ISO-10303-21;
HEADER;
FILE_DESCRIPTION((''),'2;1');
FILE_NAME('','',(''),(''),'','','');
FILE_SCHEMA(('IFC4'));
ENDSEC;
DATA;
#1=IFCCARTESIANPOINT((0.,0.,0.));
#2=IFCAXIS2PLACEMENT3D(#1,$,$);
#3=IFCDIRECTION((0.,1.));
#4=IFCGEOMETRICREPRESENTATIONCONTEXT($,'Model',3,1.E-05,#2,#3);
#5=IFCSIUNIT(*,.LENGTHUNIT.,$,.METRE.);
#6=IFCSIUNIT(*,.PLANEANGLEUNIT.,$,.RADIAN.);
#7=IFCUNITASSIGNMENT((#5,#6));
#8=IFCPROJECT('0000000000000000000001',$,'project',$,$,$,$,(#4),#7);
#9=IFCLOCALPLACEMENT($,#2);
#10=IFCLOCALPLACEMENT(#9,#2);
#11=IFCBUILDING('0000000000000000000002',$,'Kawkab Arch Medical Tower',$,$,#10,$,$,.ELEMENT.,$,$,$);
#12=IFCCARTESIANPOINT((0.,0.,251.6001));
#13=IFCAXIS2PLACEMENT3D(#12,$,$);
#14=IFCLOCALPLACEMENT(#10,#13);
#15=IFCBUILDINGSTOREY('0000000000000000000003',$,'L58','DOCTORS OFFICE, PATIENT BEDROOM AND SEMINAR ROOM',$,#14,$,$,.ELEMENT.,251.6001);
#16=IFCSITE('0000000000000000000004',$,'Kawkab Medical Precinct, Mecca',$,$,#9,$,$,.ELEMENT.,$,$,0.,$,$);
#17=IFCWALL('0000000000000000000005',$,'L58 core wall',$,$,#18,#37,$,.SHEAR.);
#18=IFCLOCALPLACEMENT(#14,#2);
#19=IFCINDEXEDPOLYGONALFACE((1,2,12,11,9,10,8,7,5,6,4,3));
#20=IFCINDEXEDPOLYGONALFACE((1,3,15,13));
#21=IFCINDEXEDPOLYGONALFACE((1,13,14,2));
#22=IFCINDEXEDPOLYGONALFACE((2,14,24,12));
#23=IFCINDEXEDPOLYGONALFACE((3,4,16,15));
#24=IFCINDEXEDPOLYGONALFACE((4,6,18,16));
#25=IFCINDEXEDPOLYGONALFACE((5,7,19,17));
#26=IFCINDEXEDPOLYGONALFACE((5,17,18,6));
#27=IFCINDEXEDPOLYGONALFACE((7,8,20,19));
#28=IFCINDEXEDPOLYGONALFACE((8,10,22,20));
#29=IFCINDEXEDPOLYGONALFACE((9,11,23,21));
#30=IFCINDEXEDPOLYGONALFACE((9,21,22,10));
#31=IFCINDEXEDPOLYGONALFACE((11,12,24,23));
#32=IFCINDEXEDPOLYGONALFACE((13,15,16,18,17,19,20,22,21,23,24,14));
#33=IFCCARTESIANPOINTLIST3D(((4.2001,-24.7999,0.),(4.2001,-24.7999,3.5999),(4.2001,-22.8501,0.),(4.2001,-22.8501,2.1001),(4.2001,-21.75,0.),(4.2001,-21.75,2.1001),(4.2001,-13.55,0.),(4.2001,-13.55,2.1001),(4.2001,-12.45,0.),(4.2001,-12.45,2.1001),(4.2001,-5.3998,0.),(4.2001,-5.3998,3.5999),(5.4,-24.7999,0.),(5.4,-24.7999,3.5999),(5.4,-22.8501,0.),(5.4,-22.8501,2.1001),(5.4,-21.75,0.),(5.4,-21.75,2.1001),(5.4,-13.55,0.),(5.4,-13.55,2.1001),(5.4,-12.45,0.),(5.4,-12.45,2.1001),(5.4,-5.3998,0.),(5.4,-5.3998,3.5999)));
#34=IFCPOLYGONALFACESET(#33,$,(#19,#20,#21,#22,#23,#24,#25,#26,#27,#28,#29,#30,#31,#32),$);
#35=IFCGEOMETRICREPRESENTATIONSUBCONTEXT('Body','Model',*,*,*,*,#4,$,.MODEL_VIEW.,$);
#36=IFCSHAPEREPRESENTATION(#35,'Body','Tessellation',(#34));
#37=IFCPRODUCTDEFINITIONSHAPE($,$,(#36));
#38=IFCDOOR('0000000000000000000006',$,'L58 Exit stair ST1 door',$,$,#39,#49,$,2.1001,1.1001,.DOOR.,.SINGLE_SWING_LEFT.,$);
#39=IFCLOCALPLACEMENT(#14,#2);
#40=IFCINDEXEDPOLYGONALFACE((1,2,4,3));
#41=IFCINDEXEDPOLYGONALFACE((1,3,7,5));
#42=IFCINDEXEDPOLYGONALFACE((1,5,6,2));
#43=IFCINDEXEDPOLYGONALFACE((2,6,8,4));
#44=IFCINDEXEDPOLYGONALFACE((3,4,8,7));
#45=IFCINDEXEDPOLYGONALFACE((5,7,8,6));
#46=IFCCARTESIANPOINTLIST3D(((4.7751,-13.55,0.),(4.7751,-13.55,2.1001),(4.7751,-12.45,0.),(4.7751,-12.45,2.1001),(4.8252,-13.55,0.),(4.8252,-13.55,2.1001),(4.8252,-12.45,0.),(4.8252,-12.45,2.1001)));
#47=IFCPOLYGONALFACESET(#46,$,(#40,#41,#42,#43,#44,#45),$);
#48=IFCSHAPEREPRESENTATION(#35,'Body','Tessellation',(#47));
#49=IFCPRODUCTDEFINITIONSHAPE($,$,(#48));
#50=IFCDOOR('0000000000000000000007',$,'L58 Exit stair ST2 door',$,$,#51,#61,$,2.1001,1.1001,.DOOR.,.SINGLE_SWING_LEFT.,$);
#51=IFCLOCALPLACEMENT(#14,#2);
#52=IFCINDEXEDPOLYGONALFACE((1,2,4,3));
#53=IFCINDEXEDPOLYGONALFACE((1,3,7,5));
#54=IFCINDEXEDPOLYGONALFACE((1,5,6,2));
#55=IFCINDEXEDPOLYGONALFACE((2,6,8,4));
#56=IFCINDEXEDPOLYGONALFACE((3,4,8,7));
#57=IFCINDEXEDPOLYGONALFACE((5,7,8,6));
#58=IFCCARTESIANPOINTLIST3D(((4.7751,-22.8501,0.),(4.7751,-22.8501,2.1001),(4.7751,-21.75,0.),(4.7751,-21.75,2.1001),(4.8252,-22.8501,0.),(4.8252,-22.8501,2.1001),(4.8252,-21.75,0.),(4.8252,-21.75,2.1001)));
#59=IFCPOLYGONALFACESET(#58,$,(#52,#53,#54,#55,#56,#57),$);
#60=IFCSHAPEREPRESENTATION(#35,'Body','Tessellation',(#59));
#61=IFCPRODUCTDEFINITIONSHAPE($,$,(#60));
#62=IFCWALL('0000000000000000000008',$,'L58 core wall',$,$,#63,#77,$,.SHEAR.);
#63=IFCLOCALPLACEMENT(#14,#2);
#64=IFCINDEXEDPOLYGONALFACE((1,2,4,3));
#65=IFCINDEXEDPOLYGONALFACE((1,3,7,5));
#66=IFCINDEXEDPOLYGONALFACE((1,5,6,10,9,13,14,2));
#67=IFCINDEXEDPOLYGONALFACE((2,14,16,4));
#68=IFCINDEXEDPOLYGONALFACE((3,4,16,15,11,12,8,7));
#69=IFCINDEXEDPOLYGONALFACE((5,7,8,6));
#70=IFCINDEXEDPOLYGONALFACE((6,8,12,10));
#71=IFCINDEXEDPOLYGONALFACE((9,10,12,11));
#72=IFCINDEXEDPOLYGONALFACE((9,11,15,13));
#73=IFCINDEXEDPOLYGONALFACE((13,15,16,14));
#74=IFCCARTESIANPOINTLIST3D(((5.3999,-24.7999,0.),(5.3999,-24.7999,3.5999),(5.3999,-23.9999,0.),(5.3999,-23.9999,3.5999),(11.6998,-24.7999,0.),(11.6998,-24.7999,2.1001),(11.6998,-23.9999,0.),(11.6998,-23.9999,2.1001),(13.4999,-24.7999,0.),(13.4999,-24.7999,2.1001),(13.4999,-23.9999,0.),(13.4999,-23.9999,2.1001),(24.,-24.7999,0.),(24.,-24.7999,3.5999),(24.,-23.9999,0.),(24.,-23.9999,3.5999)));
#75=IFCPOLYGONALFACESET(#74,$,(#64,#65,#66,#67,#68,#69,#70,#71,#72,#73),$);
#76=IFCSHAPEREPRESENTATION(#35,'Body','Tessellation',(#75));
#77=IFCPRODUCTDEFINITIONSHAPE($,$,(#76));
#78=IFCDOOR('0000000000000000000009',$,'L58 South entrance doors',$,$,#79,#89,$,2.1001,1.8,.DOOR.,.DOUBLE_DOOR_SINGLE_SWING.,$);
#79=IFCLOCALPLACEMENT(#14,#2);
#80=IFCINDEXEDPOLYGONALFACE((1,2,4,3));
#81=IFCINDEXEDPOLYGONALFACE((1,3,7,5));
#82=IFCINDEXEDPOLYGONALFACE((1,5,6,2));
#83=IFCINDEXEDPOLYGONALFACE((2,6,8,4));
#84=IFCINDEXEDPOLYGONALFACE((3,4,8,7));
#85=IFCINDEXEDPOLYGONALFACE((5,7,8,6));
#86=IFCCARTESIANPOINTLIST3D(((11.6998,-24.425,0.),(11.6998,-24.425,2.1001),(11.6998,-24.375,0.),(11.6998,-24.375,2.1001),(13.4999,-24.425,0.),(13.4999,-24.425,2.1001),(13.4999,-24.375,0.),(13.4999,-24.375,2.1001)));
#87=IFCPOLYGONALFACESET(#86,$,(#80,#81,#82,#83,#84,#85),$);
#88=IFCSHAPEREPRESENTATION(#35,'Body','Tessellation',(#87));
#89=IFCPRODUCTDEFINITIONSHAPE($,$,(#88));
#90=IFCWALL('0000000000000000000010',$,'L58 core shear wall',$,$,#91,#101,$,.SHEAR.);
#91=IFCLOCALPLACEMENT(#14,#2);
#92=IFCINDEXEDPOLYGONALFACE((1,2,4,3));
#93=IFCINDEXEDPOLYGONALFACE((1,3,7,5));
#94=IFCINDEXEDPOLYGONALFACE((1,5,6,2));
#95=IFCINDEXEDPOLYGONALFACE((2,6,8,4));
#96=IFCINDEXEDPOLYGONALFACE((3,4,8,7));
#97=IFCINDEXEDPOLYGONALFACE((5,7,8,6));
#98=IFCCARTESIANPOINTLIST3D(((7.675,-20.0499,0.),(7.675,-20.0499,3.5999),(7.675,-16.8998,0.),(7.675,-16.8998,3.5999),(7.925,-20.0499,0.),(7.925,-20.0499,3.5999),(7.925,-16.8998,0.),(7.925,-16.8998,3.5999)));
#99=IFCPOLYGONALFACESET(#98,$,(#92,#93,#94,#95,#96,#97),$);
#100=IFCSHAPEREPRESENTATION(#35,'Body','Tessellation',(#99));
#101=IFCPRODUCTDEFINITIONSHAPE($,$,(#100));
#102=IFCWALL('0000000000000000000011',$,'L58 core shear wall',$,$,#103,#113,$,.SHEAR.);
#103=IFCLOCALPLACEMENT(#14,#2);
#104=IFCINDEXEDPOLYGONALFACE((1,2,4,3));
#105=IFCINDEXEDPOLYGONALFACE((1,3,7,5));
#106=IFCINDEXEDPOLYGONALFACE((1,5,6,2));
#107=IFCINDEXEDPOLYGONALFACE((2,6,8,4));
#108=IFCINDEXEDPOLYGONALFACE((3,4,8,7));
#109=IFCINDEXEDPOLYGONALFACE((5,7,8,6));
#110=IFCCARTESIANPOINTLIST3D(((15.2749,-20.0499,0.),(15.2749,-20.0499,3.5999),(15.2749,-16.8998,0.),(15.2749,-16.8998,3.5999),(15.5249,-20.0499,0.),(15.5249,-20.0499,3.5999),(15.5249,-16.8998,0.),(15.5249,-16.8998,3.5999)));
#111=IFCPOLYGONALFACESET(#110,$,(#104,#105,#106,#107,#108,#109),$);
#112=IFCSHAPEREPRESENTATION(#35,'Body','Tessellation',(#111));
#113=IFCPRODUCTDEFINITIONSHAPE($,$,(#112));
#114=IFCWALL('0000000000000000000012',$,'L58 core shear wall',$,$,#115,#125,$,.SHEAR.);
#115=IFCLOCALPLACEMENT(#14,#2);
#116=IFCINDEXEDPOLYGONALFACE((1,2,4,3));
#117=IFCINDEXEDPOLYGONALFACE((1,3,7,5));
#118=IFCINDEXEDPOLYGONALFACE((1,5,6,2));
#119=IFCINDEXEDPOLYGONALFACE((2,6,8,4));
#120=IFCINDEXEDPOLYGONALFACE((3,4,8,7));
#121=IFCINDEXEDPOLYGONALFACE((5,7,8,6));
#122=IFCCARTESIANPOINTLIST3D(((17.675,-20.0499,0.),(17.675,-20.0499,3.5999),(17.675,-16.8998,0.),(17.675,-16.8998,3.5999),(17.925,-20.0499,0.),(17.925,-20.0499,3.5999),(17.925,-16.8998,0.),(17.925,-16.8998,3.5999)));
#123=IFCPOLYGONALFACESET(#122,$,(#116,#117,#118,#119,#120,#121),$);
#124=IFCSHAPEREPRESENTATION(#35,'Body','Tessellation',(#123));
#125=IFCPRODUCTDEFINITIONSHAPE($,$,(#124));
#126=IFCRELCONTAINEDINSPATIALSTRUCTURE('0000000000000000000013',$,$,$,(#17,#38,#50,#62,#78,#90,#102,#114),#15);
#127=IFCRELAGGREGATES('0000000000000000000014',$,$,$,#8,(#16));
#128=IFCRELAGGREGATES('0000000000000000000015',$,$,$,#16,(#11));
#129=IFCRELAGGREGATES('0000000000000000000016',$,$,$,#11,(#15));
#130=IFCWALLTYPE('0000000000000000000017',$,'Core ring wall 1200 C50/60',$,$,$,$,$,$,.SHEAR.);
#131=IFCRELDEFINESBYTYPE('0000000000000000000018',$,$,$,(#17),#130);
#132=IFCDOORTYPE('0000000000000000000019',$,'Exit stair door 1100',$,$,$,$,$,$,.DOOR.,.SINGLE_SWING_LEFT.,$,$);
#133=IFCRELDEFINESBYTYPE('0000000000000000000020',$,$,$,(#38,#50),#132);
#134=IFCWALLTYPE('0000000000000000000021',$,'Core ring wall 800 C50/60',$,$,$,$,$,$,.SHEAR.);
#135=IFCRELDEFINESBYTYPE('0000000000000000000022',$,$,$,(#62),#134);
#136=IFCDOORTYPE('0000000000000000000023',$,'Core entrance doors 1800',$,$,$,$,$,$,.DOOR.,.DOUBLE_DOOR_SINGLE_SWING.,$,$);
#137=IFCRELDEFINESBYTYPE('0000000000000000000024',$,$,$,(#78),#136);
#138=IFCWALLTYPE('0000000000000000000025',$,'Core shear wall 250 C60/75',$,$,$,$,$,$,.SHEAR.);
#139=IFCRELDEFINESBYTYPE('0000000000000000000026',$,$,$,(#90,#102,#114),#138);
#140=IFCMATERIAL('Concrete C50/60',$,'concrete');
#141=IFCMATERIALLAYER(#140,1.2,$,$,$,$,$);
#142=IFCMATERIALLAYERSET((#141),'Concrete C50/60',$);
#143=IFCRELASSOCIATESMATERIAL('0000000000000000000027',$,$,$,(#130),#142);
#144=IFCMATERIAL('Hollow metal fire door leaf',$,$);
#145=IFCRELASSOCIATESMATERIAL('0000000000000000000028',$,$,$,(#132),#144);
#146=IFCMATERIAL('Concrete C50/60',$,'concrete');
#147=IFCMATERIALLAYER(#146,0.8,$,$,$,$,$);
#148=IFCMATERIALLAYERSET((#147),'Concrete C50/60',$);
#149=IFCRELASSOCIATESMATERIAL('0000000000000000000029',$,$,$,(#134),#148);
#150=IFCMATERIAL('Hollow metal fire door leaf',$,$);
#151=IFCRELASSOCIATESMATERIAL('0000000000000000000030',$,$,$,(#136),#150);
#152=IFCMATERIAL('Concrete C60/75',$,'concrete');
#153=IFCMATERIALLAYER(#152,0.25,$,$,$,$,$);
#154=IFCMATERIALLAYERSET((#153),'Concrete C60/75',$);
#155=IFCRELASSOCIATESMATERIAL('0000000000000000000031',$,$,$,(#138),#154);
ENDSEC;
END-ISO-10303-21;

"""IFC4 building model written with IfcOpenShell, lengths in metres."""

from ifc_helpers import new_model, si_unit, direction, frame, frame_2d, origin, place, context, subcontext, project, spatial, rectangle, extrude, material, layer, layer_set, type_object, element, fill, save


model = new_model("IFC4")

# Units and contexts
model_context = context("Model", 3, precision=1e-05, world=origin(), true_north=direction((0.0, 1.0)))
body_context = subcontext(model_context, "Body", "Model", "MODEL_VIEW")
ifc_project = project(units=[si_unit("LENGTHUNIT", "METRE"), si_unit("PLANEANGLEUNIT", "RADIAN")], contexts=[model_context])

# Site, building, storey
site_placement = place(None, origin())
site = spatial("IfcSite", under=ifc_project, at=site_placement, Name="Kawkab Medical Precinct, Mecca", CompositionType="ELEMENT", RefElevation=0.0)
building_placement = place(site_placement, origin())
building = spatial("IfcBuilding", under=site, at=building_placement, Name="Kawkab Arch Medical Tower", CompositionType="ELEMENT")
storey_placement = place(building_placement, frame((0.0, 0.0, 251.6001)))
storey = spatial("IfcBuildingStorey", under=building, at=storey_placement, Name="L58", Description="DOCTORS OFFICE, PATIENT BEDROOM AND SEMINAR ROOM", CompositionType="ELEMENT", Elevation=251.6001)

# Wall, openings, doors
ifc_material_1 = material(Name="Concrete C50/60", Category="concrete")
ifc_layer_1 = layer(ifc_material_1, 1.2)
ifc_layer_set_1 = layer_set([ifc_layer_1], Name="Concrete C50/60")
wall_type_1 = type_object("IfcWallType", Name="Core ring wall 1200 C50/60", PredefinedType="SHEAR", material=ifc_layer_set_1)
wall_1_placement = place(storey_placement, frame((4.8, -24.8, 0.0), z_axis=(0.0, 0.0, 1.0), x_axis=(0.0, 1.0, 0.0)))
wall_1 = element("IfcWall", 1, at=wall_1_placement, inside=storey, type_object=wall_type_1, Name="L58 core wall", PredefinedType="SHEAR", context=body_context, shape_type="SweptSolid", body=[
    extrude(rectangle(XDim=19.4001, YDim=1.2, at=frame_2d((9.7002, 0.0))), origin(), (0.0, 0.0, 1.0), 3.5999),
])
opening_1_placement = place(wall_1_placement, frame((11.25, 0.0, 0.0)))
opening_1 = element("IfcOpeningElement", 2, at=opening_1_placement, cuts=wall_1, PredefinedType="OPENING", context=body_context, shape_type="SweptSolid", body=[
    extrude(rectangle(XDim=1.1001, YDim=2.1001, at=frame_2d((0.55, 1.05))), frame((0.0, 0.6099, 0.0), z_axis=(0.0, -1.0, 0.0), x_axis=(1.0, 0.0, 0.0)), (0.0, 0.0, 1.0), 1.22),
])
opening_2_placement = place(wall_1_placement, frame((1.95, 0.0, 0.0)))
opening_2 = element("IfcOpeningElement", 3, at=opening_2_placement, cuts=wall_1, PredefinedType="OPENING", context=body_context, shape_type="SweptSolid", body=[
    extrude(rectangle(XDim=1.1001, YDim=2.1001, at=frame_2d((0.55, 1.05))), frame((0.0, 0.6099, 0.0), z_axis=(0.0, -1.0, 0.0), x_axis=(1.0, 0.0, 0.0)), (0.0, 0.0, 1.0), 1.22),
])
ifc_material_2 = material(Name="Hollow metal fire door leaf")
door_type_1 = type_object("IfcDoorType", Name="Exit stair door 1100", OperationType="SINGLE_SWING_LEFT", PredefinedType="DOOR", material=ifc_material_2)
door_1_placement = place(opening_1_placement, origin())
door_1 = element("IfcDoor", 4, at=door_1_placement, inside=storey, type_object=door_type_1, Name="L58 Exit stair ST1 door", OperationType="SINGLE_SWING_LEFT", OverallHeight=2.1001, OverallWidth=1.1001, PredefinedType="DOOR", context=body_context, shape_type="SweptSolid", body=[
    extrude(rectangle(XDim=1.1001, YDim=2.1001, at=frame_2d((0.55, 1.05))), frame((0.0, 0.0249, 0.0), z_axis=(0.0, -1.0, 0.0), x_axis=(1.0, 0.0, 0.0)), (0.0, 0.0, 1.0), 0.05),
])
fill(opening_1, door_1)
door_2_placement = place(opening_2_placement, origin())
door_2 = element("IfcDoor", 5, at=door_2_placement, inside=storey, type_object=door_type_1, Name="L58 Exit stair ST2 door", OperationType="SINGLE_SWING_LEFT", OverallHeight=2.1001, OverallWidth=1.1001, PredefinedType="DOOR", context=body_context, shape_type="SweptSolid", body=[
    extrude(rectangle(XDim=1.1001, YDim=2.1001, at=frame_2d((0.55, 1.05))), frame((0.0, 0.0249, 0.0), z_axis=(0.0, -1.0, 0.0), x_axis=(1.0, 0.0, 0.0)), (0.0, 0.0, 1.0), 0.05),
])
fill(opening_2, door_2)

# Wall, opening, door
ifc_material_3 = material(Name="Concrete C50/60", Category="concrete")
ifc_layer_2 = layer(ifc_material_3, 0.8)
ifc_layer_set_2 = layer_set([ifc_layer_2], Name="Concrete C50/60")
wall_type_2 = type_object("IfcWallType", Name="Core ring wall 800 C50/60", PredefinedType="SHEAR", material=ifc_layer_set_2)
wall_2_placement = place(storey_placement, frame((5.3999, -24.3999, 0.0), z_axis=(0.0, 0.0, 1.0), x_axis=(1.0, 0.0, 0.0)))
wall_2 = element("IfcWall", 6, at=wall_2_placement, inside=storey, type_object=wall_type_2, Name="L58 core wall", PredefinedType="SHEAR", context=body_context, shape_type="SweptSolid", body=[
    extrude(rectangle(XDim=18.6001, YDim=0.8, at=frame_2d((9.3, 0.0))), origin(), (0.0, 0.0, 1.0), 3.5999),
])
opening_3_placement = place(wall_2_placement, frame((6.3, 0.0, 0.0)))
opening_3 = element("IfcOpeningElement", 7, at=opening_3_placement, cuts=wall_2, PredefinedType="OPENING", context=body_context, shape_type="SweptSolid", body=[
    extrude(rectangle(XDim=1.8, YDim=2.1001, at=frame_2d((0.8999, 1.05))), frame((0.0, 0.4099, 0.0), z_axis=(0.0, -1.0, 0.0), x_axis=(1.0, 0.0, 0.0)), (0.0, 0.0, 1.0), 0.8201),
])
ifc_material_4 = material(Name="Hollow metal fire door leaf")
door_type_2 = type_object("IfcDoorType", Name="Core entrance doors 1800", OperationType="DOUBLE_DOOR_SINGLE_SWING", PredefinedType="DOOR", material=ifc_material_4)
door_3_placement = place(opening_3_placement, origin())
door_3 = element("IfcDoor", 8, at=door_3_placement, inside=storey, type_object=door_type_2, Name="L58 South entrance doors", OperationType="DOUBLE_DOOR_SINGLE_SWING", OverallHeight=2.1001, OverallWidth=1.8, PredefinedType="DOOR", context=body_context, shape_type="SweptSolid", body=[
    extrude(rectangle(XDim=1.8, YDim=2.1001, at=frame_2d((0.8999, 1.05))), frame((0.0, 0.0249, 0.0), z_axis=(0.0, -1.0, 0.0), x_axis=(1.0, 0.0, 0.0)), (0.0, 0.0, 1.0), 0.05),
])
fill(opening_3, door_3)

# Walls
ifc_material_5 = material(Name="Concrete C60/75", Category="concrete")
ifc_layer_3 = layer(ifc_material_5, 0.25)
ifc_layer_set_3 = layer_set([ifc_layer_3], Name="Concrete C60/75")
wall_type_3 = type_object("IfcWallType", Name="Core shear wall 250 C60/75", PredefinedType="SHEAR", material=ifc_layer_set_3)
for number, where, z_axis, x_axis, name in (
    (9, (7.8, -20.05, 0.0), (0.0, 0.0, 1.0), (0.0, 1.0, 0.0), "L58 core shear wall"),
    (10, (15.3999, -20.05, 0.0), (0.0, 0.0, 1.0), (0.0, 1.0, 0.0), "L58 core shear wall"),
    (11, (17.8, -20.05, 0.0), (0.0, 0.0, 1.0), (0.0, 1.0, 0.0), "L58 core shear wall"),
):
    element("IfcWall", number, at=place(storey_placement, frame(where, z_axis=z_axis, x_axis=x_axis)), inside=storey, type_object=wall_type_3, Name=name, PredefinedType="SHEAR", context=body_context, shape_type="SweptSolid", body=[
        extrude(rectangle(XDim=3.1501, YDim=0.25, at=frame_2d((1.5752, 0.0))), origin(), (0.0, 0.0, 1.0), 3.5999),
    ])

save(model, "model.ifc")
